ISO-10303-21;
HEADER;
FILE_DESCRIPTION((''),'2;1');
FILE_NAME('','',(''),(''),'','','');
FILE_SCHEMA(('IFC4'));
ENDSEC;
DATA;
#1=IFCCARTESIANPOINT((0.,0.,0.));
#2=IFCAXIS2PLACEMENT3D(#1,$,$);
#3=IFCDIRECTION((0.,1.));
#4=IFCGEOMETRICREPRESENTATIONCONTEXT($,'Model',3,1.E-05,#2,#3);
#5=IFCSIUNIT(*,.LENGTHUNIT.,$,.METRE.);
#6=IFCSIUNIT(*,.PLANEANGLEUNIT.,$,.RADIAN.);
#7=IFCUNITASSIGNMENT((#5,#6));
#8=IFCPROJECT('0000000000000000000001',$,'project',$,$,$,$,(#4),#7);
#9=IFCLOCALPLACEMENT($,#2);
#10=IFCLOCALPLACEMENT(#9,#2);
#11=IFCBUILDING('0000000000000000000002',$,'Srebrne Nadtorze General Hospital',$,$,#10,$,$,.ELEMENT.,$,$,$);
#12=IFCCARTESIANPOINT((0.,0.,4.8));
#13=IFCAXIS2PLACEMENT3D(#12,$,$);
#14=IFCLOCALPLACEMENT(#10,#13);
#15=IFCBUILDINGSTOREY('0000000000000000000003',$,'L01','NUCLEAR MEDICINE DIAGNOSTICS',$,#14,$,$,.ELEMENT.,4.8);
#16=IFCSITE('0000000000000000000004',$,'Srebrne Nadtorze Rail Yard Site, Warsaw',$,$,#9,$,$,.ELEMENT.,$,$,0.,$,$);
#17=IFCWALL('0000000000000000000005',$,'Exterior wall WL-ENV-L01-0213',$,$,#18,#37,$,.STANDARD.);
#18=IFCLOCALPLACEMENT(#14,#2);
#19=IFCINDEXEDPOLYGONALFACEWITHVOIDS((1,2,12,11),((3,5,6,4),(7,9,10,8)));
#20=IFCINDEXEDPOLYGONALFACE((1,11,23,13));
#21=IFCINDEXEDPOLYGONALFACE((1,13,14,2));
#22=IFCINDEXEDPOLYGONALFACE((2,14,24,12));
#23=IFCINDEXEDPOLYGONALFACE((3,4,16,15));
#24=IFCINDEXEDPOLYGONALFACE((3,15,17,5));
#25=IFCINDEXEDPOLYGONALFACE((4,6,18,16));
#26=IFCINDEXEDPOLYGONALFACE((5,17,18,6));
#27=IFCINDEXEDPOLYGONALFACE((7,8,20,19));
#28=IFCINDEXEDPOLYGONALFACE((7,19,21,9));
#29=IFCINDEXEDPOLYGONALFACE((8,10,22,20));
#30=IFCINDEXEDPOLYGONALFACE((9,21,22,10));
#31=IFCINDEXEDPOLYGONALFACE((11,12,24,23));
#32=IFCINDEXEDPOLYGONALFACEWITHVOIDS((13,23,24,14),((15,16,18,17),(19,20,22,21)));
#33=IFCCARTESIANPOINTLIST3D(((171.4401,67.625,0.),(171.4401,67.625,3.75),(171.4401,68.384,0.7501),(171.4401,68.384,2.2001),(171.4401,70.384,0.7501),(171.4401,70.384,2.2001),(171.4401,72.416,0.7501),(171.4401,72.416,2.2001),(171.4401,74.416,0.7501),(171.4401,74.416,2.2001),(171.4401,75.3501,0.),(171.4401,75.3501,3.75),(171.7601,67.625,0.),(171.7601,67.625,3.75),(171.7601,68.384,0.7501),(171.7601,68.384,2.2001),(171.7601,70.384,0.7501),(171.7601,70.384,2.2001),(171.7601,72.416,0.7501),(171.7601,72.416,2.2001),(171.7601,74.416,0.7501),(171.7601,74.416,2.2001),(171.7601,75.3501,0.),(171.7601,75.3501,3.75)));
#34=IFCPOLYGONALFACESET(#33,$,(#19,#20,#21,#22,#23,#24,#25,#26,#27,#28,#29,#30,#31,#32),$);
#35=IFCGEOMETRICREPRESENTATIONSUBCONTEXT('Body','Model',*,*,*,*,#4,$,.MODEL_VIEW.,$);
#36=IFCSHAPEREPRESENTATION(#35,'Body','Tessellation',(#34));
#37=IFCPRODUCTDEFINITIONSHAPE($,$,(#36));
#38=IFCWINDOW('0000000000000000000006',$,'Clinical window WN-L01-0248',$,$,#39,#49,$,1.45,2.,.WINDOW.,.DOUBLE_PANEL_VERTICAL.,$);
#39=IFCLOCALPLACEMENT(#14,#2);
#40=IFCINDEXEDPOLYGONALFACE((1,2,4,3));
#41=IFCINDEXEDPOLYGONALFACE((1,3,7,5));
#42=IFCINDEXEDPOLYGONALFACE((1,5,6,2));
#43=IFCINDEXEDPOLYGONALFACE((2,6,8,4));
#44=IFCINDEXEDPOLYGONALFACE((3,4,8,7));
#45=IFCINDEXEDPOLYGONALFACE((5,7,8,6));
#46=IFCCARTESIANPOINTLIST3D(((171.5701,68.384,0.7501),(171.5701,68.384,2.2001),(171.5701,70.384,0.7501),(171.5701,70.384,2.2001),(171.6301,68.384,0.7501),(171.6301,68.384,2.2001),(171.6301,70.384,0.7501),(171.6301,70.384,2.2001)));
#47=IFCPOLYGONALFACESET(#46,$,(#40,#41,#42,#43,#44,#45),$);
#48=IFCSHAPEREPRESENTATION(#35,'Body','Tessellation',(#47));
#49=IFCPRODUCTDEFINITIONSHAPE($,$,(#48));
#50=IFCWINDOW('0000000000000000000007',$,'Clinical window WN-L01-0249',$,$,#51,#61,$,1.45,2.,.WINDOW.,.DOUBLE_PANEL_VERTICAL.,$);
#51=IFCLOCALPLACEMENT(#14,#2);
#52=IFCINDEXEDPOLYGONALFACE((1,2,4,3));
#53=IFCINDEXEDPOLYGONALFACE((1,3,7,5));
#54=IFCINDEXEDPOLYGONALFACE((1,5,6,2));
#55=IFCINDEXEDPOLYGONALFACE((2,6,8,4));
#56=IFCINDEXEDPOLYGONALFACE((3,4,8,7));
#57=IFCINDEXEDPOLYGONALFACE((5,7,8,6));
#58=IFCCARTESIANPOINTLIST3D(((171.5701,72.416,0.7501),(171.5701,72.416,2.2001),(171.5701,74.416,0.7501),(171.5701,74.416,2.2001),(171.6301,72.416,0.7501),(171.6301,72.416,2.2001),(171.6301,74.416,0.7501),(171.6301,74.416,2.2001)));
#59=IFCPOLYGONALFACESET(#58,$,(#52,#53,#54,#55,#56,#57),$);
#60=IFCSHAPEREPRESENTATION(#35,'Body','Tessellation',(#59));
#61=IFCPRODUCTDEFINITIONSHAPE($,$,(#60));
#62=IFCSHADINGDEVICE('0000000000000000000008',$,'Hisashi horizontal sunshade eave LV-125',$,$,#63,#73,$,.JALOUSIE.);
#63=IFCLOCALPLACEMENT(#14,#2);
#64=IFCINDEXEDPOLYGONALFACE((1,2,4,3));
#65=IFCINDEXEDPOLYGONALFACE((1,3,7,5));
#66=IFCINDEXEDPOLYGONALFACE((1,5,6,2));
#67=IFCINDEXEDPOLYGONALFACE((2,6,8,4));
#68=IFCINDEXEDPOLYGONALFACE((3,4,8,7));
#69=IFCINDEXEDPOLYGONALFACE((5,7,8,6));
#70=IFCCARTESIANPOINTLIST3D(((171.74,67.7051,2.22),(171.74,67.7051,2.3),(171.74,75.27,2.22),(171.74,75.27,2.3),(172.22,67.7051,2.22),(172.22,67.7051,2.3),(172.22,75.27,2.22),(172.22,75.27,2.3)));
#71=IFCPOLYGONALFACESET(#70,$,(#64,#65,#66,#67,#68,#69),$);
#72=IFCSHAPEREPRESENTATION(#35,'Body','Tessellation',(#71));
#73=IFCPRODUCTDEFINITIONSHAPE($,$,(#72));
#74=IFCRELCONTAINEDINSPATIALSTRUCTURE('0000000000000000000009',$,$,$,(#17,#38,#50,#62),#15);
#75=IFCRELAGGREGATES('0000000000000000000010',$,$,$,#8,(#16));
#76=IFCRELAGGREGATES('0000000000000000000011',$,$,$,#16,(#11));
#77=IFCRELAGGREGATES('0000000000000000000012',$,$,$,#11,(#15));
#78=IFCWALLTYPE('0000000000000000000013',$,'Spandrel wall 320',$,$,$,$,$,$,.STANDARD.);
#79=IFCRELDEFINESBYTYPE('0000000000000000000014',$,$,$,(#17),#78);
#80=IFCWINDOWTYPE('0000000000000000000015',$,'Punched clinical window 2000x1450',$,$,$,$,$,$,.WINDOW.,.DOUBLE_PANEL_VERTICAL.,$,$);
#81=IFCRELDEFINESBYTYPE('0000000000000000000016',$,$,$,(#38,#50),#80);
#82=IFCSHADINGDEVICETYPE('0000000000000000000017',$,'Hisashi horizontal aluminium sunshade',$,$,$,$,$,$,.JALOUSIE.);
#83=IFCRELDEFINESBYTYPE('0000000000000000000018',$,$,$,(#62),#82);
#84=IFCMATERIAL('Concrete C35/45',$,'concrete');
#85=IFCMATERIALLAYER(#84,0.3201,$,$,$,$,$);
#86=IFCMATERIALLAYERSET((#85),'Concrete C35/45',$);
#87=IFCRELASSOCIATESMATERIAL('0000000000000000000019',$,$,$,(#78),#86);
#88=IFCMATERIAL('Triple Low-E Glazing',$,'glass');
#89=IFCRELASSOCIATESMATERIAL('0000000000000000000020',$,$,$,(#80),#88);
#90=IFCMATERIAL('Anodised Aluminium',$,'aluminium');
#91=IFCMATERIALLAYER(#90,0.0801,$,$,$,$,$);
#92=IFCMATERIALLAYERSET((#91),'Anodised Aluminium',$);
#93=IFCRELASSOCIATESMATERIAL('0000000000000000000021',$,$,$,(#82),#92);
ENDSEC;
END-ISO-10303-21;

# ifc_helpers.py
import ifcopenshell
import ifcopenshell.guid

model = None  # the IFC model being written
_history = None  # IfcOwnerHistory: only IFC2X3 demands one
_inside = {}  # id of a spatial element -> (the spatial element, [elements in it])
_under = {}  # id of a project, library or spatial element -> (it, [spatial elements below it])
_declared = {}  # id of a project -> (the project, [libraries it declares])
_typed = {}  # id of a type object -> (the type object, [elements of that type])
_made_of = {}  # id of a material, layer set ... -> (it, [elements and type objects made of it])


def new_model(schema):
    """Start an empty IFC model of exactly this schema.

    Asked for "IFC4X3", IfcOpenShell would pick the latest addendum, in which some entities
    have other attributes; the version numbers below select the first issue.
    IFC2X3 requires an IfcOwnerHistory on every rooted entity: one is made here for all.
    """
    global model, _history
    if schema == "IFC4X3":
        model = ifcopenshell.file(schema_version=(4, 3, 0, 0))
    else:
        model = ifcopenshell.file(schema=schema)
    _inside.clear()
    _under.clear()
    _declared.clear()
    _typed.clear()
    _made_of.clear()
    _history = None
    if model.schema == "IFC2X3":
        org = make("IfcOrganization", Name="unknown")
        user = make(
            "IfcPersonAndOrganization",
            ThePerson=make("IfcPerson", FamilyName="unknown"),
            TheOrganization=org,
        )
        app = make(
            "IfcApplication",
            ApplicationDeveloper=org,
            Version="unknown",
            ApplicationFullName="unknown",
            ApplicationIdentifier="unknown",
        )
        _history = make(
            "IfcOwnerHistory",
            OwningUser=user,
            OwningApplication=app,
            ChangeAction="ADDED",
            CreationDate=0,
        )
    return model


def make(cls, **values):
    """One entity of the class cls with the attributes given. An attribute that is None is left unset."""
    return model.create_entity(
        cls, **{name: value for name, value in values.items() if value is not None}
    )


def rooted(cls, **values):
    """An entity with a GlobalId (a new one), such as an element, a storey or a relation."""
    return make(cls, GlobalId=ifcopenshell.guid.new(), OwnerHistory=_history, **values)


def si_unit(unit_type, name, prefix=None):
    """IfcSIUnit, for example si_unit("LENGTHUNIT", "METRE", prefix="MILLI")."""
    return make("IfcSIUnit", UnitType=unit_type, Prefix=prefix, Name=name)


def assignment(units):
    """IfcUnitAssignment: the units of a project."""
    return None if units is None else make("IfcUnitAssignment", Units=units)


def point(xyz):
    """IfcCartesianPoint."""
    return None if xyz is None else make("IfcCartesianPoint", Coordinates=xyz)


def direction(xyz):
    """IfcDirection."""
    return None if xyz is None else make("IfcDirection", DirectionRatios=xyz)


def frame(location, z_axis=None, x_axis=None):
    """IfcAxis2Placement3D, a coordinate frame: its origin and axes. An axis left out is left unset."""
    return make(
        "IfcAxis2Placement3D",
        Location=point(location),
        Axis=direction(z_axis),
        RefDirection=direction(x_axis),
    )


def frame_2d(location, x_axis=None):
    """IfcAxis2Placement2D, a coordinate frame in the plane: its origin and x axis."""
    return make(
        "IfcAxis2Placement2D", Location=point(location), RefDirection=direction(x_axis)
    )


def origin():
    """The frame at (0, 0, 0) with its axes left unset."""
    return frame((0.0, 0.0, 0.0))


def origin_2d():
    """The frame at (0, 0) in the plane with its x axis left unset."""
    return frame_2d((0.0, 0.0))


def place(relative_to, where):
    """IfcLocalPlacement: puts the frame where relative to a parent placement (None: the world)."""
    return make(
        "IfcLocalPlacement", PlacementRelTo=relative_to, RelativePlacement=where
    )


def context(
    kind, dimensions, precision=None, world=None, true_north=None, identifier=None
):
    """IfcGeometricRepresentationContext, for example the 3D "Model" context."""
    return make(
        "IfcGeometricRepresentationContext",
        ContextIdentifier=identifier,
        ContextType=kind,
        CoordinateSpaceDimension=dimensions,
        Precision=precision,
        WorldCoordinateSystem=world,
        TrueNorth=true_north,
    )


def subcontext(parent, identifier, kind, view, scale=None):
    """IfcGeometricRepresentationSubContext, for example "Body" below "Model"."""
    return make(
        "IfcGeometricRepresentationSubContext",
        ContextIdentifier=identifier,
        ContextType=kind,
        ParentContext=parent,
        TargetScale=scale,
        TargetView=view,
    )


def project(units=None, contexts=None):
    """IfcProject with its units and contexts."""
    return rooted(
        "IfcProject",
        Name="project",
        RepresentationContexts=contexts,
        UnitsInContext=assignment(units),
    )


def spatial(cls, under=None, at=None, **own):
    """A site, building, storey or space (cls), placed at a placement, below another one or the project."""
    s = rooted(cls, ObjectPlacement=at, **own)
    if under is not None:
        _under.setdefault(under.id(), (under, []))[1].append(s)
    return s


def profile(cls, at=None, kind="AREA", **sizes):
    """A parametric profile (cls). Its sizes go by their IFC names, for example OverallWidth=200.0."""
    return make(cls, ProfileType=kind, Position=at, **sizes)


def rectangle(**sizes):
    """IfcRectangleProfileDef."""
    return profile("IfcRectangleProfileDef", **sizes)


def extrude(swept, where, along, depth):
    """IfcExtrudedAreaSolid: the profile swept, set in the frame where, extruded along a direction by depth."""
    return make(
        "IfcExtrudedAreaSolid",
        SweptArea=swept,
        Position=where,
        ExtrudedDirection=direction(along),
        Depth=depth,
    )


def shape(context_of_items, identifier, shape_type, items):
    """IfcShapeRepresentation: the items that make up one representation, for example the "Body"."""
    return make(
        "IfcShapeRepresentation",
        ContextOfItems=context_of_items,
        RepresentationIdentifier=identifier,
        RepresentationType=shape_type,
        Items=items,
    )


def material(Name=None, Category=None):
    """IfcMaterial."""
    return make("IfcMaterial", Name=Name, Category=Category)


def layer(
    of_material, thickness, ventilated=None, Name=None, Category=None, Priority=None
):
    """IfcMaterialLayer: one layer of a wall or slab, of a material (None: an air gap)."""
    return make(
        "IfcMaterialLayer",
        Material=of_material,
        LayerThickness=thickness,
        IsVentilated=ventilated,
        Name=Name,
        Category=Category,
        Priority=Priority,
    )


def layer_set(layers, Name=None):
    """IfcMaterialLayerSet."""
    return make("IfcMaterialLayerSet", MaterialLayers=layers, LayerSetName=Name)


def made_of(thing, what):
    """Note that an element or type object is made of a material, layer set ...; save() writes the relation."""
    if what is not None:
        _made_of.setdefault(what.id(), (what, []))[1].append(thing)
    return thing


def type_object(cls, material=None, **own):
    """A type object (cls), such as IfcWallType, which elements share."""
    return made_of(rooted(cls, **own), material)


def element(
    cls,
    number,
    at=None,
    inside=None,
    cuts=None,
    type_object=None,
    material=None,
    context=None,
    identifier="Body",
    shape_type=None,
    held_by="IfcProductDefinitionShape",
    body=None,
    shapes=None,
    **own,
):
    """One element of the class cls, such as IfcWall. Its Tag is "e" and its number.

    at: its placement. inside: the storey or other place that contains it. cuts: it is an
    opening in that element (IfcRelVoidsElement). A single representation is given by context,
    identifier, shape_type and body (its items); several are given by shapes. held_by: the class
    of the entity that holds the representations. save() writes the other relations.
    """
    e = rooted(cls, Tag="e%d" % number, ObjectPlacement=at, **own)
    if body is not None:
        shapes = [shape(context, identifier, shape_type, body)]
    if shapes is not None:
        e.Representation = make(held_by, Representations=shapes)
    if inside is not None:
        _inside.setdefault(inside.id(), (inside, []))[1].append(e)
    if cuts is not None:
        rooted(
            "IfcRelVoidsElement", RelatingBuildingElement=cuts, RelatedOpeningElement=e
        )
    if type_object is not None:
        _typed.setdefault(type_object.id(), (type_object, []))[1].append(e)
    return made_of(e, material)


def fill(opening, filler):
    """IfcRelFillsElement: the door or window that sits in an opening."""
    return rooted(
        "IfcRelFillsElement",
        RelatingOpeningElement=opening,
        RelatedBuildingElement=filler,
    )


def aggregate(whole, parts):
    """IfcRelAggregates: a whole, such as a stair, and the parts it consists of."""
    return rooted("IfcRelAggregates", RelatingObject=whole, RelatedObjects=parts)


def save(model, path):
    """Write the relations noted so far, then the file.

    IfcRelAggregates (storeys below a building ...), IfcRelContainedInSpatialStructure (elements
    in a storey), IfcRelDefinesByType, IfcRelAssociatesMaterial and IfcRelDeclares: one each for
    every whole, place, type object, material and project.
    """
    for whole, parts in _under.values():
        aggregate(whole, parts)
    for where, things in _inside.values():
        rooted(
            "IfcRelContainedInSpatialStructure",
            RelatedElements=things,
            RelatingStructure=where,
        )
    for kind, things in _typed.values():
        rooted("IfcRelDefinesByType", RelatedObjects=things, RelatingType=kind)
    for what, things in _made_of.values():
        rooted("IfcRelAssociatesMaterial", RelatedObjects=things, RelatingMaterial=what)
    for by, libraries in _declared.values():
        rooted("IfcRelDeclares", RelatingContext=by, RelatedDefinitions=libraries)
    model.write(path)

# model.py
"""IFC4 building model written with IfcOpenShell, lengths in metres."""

from ifc_helpers import new_model, si_unit, direction, frame, frame_2d, origin, origin_2d, place, context, subcontext, project, spatial, rectangle, extrude, material, layer, layer_set, type_object, element, fill, save


model = new_model("IFC4")

# Units and contexts
model_context = context("Model", 3, precision=1e-05, world=origin(), true_north=direction((0.0, 1.0)))
body_context = subcontext(model_context, "Body", "Model", "MODEL_VIEW")
ifc_project = project(units=[si_unit("LENGTHUNIT", "METRE"), si_unit("PLANEANGLEUNIT", "RADIAN")], contexts=[model_context])

# Site, building, storey
site_placement = place(None, origin())
site = spatial("IfcSite", under=ifc_project, at=site_placement, Name="Srebrne Nadtorze Rail Yard Site, Warsaw", CompositionType="ELEMENT", RefElevation=0.0)
building_placement = place(site_placement, origin())
building = spatial("IfcBuilding", under=site, at=building_placement, Name="Srebrne Nadtorze General Hospital", CompositionType="ELEMENT")
storey_placement = place(building_placement, frame((0.0, 0.0, 4.8)))
storey = spatial("IfcBuildingStorey", under=building, at=storey_placement, Name="L01", Description="NUCLEAR MEDICINE DIAGNOSTICS", CompositionType="ELEMENT", Elevation=4.8)

# Wall, openings, windows
ifc_material_1 = material(Name="Concrete C35/45", Category="concrete")
ifc_layer_1 = layer(ifc_material_1, 0.3201)
ifc_layer_set_1 = layer_set([ifc_layer_1], Name="Concrete C35/45")
wall_type = type_object("IfcWallType", Name="Spandrel wall 320", PredefinedType="STANDARD", material=ifc_layer_set_1)
wall_placement = place(storey_placement, frame((171.6001, 67.625, 0.0), z_axis=(0.0, 0.0, 1.0), x_axis=(0.0, 1.0, 0.0)))
wall = element("IfcWall", 1, at=wall_placement, inside=storey, type_object=wall_type, Name="Exterior wall WL-ENV-L01-0213", PredefinedType="STANDARD", context=body_context, shape_type="SweptSolid", body=[
    extrude(rectangle(XDim=7.7251, YDim=0.3201, at=frame_2d((3.8625, 0.0))), origin(), (0.0, 0.0, 1.0), 3.75),
])
opening_1_placement = place(wall_placement, frame((0.759, 0.0, 0.75)))
opening_1 = element("IfcOpeningElement", 2, at=opening_1_placement, cuts=wall, PredefinedType="OPENING", context=body_context, shape_type="SweptSolid", body=[
    extrude(rectangle(XDim=2.0, YDim=1.45, at=frame_2d((1.0, 0.7251))), frame((0.0, 0.1719, 0.0), z_axis=(0.0, -1.0, 0.0), x_axis=(1.0, 0.0, 0.0)), (0.0, 0.0, 1.0), 0.344),
])
opening_2_placement = place(wall_placement, frame((4.791, 0.0, 0.75)))
opening_2 = element("IfcOpeningElement", 3, at=opening_2_placement, cuts=wall, PredefinedType="OPENING", context=body_context, shape_type="SweptSolid", body=[
    extrude(rectangle(XDim=2.0, YDim=1.45, at=frame_2d((1.0, 0.7251))), frame((0.0, 0.1719, 0.0), z_axis=(0.0, -1.0, 0.0), x_axis=(1.0, 0.0, 0.0)), (0.0, 0.0, 1.0), 0.344),
])
ifc_material_2 = material(Name="Triple Low-E Glazing", Category="glass")
window_type = type_object("IfcWindowType", Name="Punched clinical window 2000x1450", PartitioningType="DOUBLE_PANEL_VERTICAL", PredefinedType="WINDOW", material=ifc_material_2)
window_1_placement = place(opening_1_placement, origin())
window_1 = element("IfcWindow", 4, at=window_1_placement, inside=storey, type_object=window_type, Name="Clinical window WN-L01-0248", OverallHeight=1.45, OverallWidth=2.0, PartitioningType="DOUBLE_PANEL_VERTICAL", PredefinedType="WINDOW", context=body_context, shape_type="SweptSolid", body=[
    extrude(rectangle(XDim=2.0, YDim=1.45, at=frame_2d((1.0, 0.7251))), frame((0.0, 0.03, 0.0), z_axis=(0.0, -1.0, 0.0), x_axis=(1.0, 0.0, 0.0)), (0.0, 0.0, 1.0), 0.0601),
])
fill(opening_1, window_1)
window_2_placement = place(opening_2_placement, origin())
window_2 = element("IfcWindow", 5, at=window_2_placement, inside=storey, type_object=window_type, Name="Clinical window WN-L01-0249", OverallHeight=1.45, OverallWidth=2.0, PartitioningType="DOUBLE_PANEL_VERTICAL", PredefinedType="WINDOW", context=body_context, shape_type="SweptSolid", body=[
    extrude(rectangle(XDim=2.0, YDim=1.45, at=frame_2d((1.0, 0.7251))), frame((0.0, 0.03, 0.0), z_axis=(0.0, -1.0, 0.0), x_axis=(1.0, 0.0, 0.0)), (0.0, 0.0, 1.0), 0.0601),
])
fill(opening_2, window_2)

# Shading device
ifc_material_3 = material(Name="Anodised Aluminium", Category="aluminium")
ifc_layer_2 = layer(ifc_material_3, 0.0801)
ifc_layer_set_2 = layer_set([ifc_layer_2], Name="Anodised Aluminium")
shading_device_type = type_object("IfcShadingDeviceType", Name="Hisashi horizontal aluminium sunshade", PredefinedType="JALOUSIE", material=ifc_layer_set_2)
shading_device_placement = place(storey_placement, frame((171.98, 71.4875, 2.22), z_axis=(0.0, 0.0, 1.0), x_axis=(1.0, 0.0, 0.0)))
element("IfcShadingDevice", 6, at=shading_device_placement, inside=storey, type_object=shading_device_type, Name="Hisashi horizontal sunshade eave LV-125", PredefinedType="JALOUSIE", context=body_context, shape_type="SweptSolid", body=[
    extrude(rectangle(XDim=0.48, YDim=7.5649, at=origin_2d()), origin(), (0.0, 0.0, 1.0), 0.0801),
])

save(model, "model.ifc")
